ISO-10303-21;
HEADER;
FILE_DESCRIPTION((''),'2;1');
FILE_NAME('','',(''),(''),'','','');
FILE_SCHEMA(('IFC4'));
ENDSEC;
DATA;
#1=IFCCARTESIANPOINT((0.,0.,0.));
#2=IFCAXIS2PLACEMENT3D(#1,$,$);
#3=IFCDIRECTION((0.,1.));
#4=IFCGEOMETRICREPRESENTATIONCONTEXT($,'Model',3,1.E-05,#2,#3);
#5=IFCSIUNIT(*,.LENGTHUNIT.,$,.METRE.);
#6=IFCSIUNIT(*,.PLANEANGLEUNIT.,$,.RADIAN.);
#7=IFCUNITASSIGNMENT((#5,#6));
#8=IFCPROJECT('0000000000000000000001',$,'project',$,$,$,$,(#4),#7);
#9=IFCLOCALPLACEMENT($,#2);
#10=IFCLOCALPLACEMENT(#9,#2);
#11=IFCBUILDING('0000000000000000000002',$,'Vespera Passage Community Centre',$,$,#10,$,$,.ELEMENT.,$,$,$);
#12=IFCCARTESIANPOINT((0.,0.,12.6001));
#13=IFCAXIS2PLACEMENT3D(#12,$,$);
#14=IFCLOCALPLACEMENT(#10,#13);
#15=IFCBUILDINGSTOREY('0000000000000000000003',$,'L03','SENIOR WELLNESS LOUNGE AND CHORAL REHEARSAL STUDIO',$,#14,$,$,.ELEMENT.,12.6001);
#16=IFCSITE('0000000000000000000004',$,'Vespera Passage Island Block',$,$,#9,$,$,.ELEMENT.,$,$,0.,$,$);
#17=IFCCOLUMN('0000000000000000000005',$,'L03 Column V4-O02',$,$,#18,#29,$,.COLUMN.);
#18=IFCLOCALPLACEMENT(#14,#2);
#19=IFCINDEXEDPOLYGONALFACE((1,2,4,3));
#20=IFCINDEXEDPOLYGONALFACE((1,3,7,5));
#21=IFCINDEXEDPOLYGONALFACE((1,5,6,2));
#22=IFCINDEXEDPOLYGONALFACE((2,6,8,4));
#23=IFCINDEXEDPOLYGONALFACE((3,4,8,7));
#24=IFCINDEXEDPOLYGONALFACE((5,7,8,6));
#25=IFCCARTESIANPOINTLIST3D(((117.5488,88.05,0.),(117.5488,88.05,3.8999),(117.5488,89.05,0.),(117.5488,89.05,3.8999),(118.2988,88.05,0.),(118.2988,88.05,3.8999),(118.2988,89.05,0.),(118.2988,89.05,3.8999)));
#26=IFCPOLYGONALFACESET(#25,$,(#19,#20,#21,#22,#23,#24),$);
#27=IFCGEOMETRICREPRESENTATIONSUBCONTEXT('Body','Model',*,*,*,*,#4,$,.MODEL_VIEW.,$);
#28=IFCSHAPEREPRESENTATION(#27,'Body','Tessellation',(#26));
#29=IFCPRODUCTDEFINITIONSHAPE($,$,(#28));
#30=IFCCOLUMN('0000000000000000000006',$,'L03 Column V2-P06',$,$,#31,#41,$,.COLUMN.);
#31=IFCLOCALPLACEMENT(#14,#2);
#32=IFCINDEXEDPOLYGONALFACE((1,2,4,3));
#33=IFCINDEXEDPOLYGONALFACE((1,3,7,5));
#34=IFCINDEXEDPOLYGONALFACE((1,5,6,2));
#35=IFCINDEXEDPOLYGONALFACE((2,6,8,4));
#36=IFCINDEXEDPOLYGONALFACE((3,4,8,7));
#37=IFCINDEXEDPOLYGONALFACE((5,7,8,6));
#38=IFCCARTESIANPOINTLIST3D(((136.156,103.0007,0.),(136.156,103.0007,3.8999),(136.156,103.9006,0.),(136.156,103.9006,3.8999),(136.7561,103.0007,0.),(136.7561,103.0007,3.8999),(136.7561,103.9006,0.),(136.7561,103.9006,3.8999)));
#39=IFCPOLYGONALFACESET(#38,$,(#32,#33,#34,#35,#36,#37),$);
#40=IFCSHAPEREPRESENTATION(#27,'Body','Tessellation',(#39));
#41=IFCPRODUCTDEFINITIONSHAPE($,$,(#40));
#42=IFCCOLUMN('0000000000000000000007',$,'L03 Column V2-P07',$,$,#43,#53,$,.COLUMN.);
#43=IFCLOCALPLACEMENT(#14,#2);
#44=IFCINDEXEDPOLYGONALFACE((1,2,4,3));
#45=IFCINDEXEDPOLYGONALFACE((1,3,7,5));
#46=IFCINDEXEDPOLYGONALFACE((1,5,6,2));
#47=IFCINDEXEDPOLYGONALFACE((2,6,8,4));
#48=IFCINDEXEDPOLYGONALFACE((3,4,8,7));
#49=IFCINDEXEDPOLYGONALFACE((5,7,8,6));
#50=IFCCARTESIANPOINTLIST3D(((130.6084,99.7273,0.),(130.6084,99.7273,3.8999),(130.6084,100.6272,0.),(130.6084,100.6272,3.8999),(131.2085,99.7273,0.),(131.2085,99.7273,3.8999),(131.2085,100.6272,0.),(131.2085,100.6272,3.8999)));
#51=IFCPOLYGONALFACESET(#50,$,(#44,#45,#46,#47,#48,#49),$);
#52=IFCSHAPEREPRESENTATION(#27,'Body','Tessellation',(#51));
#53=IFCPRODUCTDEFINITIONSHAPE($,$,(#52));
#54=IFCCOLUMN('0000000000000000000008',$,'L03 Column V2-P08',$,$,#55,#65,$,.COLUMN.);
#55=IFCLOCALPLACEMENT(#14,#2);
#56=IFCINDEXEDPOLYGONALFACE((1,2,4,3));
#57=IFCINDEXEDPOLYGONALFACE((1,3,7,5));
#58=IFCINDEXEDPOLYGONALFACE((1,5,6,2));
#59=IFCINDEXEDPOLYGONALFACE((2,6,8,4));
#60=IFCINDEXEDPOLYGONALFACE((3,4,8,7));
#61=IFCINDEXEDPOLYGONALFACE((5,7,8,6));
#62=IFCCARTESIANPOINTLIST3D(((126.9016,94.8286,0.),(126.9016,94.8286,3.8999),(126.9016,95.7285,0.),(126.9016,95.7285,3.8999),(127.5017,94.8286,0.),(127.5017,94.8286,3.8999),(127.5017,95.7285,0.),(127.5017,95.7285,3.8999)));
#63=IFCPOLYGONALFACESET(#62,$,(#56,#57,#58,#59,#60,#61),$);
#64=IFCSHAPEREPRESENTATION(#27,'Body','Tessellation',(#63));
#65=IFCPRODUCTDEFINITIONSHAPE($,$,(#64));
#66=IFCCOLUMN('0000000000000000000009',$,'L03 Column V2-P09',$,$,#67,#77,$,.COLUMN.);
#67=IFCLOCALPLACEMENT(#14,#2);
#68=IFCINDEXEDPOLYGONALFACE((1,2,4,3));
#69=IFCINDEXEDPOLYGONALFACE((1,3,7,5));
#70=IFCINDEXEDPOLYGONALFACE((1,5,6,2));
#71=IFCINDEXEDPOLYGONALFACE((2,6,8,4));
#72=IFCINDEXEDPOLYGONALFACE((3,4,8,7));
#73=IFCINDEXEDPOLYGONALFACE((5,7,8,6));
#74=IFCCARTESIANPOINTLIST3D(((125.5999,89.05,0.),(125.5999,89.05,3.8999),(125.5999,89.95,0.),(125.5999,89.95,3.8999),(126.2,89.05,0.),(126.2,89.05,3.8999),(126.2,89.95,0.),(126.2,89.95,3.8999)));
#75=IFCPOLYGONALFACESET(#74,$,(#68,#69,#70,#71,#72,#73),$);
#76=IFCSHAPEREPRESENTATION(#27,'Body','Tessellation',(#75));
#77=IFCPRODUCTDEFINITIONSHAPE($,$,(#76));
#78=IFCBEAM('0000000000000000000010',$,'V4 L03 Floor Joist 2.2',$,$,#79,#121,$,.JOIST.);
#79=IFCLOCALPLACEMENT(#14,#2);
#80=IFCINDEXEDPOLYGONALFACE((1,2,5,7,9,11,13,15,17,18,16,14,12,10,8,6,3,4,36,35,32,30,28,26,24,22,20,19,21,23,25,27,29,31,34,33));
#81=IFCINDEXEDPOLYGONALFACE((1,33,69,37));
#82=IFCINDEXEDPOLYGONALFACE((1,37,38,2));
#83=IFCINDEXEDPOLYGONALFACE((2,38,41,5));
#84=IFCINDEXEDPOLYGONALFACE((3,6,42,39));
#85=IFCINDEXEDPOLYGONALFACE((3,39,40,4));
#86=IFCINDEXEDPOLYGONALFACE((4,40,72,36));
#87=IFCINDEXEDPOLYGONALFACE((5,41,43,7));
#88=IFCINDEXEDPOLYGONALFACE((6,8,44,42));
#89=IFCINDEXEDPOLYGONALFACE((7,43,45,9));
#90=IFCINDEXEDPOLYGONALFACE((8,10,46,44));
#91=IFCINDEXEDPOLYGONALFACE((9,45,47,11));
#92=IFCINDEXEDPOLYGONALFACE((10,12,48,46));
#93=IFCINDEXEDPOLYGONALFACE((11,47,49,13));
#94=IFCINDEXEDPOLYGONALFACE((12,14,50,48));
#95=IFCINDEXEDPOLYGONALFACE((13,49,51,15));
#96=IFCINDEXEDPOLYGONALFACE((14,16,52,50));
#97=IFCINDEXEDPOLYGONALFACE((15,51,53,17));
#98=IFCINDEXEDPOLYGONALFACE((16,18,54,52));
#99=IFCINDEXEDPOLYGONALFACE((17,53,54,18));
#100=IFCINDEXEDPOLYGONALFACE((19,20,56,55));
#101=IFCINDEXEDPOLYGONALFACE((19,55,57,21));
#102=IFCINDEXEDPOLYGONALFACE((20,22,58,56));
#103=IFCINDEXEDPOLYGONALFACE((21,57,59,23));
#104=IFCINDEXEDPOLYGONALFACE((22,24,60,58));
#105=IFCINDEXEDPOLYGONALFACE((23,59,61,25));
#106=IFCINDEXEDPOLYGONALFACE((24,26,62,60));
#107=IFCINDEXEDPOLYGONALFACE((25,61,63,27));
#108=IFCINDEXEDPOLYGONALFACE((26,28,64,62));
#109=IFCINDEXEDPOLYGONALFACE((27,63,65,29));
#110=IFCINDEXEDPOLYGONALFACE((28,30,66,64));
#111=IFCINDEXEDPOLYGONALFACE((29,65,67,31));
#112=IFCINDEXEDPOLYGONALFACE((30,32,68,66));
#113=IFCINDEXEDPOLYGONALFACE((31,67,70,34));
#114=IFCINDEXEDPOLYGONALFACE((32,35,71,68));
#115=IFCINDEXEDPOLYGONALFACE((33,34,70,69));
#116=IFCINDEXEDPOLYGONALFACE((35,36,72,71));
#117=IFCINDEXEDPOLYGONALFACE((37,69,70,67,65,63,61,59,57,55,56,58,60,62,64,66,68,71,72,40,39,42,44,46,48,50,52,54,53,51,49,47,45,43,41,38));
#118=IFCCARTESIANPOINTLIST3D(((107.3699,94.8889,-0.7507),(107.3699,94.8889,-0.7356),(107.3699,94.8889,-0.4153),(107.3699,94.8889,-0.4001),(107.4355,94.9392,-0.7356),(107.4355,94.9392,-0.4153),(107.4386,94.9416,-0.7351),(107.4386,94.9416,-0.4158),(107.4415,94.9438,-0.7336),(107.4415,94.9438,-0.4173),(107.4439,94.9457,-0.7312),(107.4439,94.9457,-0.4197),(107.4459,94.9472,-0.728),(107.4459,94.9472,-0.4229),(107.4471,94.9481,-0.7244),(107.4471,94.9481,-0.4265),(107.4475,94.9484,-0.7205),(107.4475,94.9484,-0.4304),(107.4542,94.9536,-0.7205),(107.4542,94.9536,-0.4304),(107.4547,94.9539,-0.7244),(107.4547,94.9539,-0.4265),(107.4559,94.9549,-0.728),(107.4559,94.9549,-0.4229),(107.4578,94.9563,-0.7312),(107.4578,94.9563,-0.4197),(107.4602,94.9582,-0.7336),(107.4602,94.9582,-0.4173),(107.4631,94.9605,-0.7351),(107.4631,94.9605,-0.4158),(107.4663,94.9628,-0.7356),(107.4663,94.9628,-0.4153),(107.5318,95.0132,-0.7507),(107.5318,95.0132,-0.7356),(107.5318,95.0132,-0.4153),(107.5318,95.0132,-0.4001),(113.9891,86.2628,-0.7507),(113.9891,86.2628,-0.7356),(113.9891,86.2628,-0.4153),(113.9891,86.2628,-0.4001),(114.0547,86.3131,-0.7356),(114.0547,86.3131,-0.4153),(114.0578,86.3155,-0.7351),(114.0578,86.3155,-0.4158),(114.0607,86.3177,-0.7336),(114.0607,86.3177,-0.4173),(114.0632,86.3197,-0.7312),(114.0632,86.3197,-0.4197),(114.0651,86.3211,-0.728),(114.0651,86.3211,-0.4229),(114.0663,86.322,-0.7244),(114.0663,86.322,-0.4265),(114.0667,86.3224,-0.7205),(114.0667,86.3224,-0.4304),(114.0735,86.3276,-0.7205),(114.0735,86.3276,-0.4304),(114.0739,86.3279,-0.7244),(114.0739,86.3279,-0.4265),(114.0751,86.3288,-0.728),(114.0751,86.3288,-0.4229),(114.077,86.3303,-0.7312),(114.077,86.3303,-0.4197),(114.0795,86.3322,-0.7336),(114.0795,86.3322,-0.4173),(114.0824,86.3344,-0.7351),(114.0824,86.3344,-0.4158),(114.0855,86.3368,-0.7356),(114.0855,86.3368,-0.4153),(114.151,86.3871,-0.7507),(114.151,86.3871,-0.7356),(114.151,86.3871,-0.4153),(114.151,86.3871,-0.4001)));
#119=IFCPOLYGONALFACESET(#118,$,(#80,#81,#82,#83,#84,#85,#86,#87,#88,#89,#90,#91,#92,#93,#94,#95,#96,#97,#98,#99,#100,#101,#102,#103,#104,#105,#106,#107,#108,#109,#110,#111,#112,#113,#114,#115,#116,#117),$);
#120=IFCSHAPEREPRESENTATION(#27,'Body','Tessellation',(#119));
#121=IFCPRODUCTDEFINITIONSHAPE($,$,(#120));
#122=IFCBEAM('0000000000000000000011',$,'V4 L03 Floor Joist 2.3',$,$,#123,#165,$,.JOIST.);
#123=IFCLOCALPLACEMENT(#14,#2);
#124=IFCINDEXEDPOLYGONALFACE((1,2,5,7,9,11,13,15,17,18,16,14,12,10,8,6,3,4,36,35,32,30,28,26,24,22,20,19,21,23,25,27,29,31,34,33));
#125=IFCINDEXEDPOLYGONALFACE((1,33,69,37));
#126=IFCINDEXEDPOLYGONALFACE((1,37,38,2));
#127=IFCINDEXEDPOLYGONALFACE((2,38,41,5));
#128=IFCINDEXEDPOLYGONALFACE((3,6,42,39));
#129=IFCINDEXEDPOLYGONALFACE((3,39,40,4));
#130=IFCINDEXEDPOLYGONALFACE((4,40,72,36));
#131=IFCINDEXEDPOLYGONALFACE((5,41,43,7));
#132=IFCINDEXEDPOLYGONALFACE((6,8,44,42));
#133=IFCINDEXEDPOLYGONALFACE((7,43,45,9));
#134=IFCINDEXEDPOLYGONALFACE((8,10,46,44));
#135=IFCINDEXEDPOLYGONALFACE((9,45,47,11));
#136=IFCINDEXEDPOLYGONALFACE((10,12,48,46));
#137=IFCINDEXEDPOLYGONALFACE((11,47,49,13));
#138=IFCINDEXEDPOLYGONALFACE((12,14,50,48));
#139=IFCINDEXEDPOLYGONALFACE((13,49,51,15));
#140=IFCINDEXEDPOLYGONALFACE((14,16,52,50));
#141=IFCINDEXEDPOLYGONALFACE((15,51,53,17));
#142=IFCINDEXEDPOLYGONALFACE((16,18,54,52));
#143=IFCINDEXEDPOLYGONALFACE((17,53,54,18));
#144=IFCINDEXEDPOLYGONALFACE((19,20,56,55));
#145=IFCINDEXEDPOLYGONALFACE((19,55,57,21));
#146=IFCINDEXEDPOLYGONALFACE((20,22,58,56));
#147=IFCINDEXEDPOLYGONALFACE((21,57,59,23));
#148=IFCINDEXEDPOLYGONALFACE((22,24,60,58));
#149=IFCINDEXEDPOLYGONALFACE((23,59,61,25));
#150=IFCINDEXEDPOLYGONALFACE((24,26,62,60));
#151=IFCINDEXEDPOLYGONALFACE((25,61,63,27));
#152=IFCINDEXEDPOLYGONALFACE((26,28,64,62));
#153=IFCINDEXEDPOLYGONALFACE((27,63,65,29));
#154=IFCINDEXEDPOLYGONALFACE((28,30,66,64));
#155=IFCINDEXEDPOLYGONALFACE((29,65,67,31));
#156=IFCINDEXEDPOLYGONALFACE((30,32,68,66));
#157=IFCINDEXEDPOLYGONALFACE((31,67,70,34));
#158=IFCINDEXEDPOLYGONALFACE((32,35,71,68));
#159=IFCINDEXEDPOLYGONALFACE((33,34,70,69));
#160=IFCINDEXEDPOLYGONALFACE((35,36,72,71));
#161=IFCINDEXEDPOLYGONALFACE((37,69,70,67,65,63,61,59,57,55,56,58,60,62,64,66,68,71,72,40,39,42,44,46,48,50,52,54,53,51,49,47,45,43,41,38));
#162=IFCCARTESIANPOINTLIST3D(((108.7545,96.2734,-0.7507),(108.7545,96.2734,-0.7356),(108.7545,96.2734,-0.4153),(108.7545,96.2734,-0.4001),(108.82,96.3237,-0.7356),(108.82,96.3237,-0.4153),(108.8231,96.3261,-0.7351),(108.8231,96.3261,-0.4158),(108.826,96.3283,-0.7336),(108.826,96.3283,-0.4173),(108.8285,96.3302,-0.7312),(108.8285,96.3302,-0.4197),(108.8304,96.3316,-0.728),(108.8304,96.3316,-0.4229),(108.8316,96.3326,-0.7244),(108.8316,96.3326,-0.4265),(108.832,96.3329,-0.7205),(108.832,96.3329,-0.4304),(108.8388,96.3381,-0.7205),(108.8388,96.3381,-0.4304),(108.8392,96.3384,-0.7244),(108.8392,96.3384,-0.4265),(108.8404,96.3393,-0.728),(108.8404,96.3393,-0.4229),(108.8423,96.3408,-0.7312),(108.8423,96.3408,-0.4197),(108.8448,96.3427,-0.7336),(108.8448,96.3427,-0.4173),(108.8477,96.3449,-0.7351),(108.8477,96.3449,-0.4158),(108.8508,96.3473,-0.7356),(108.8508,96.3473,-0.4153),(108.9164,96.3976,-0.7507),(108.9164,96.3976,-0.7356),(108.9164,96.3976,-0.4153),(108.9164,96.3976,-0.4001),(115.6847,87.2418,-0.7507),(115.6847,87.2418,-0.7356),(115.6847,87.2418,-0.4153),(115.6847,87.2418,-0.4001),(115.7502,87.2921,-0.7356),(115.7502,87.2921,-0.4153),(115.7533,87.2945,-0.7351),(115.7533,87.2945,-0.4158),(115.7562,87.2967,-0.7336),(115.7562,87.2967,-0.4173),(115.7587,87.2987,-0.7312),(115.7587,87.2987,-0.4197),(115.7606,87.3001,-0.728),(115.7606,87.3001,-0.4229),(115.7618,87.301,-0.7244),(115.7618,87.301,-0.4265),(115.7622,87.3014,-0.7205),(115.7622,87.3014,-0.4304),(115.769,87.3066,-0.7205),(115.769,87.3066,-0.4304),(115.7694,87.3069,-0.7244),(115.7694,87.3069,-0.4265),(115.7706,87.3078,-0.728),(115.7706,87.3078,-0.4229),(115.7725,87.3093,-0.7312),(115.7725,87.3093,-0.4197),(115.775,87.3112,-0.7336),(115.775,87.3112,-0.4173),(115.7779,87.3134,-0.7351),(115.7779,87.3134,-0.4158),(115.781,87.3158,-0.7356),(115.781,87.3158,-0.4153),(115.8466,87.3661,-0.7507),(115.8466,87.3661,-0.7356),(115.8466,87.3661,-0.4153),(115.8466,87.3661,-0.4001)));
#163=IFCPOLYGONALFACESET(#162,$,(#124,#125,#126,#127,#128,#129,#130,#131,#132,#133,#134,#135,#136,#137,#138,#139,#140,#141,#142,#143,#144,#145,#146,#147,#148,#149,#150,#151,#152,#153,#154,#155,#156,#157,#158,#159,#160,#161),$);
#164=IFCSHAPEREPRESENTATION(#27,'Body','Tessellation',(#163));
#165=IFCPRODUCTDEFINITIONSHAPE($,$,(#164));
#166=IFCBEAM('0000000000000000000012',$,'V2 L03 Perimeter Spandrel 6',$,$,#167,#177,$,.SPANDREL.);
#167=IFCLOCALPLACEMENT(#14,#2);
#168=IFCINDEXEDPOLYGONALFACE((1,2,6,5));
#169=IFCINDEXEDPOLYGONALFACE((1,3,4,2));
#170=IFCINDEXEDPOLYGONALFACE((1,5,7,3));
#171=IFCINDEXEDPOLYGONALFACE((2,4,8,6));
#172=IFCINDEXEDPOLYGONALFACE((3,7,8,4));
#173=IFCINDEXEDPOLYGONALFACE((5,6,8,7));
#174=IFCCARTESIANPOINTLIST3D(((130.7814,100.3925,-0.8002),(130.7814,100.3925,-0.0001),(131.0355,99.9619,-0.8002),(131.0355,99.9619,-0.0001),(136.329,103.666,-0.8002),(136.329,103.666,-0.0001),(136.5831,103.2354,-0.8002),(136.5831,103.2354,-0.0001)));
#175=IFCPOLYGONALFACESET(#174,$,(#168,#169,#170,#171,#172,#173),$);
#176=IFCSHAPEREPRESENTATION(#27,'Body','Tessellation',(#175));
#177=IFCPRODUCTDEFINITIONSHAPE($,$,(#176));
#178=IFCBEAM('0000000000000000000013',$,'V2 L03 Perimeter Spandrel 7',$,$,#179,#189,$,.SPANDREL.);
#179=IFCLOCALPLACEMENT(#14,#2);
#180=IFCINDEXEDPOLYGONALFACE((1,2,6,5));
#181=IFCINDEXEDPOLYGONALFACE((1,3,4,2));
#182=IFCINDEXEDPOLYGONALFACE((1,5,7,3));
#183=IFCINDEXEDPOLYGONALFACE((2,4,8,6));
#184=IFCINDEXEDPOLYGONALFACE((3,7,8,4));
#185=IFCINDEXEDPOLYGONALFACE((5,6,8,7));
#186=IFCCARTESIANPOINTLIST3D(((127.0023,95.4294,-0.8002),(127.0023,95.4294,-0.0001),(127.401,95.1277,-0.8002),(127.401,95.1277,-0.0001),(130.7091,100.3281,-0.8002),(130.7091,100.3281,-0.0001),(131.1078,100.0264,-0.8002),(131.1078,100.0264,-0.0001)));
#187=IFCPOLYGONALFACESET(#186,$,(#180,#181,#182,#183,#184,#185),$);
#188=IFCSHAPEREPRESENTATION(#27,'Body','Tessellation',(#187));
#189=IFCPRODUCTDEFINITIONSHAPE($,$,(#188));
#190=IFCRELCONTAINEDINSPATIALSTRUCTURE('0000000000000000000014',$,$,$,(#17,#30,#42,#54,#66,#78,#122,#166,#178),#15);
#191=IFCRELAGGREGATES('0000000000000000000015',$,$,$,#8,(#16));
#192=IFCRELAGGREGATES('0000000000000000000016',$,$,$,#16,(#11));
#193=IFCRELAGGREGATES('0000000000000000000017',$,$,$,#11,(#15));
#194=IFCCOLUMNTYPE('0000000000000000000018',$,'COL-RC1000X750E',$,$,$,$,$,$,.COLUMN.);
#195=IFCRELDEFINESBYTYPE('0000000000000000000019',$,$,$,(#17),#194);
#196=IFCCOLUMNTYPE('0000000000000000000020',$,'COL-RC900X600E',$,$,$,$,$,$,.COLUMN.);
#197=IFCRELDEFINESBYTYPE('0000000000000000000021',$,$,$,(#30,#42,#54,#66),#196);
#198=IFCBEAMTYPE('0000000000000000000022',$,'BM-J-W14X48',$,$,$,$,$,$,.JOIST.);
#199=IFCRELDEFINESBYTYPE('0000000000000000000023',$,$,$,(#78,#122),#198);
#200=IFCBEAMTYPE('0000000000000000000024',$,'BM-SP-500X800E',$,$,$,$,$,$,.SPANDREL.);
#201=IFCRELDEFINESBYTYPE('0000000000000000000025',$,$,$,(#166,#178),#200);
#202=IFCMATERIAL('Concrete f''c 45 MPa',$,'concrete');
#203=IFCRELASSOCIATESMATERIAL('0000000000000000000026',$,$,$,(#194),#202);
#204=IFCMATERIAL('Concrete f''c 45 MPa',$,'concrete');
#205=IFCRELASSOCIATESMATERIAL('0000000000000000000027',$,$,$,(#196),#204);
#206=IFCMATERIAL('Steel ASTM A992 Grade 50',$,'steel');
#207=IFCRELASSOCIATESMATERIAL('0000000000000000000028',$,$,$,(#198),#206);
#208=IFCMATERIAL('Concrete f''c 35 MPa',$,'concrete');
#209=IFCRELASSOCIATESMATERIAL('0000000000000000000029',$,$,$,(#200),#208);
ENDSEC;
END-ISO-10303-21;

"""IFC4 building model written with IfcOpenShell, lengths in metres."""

from ifc_helpers import new_model, si_unit, direction, frame, origin, origin_2d, place, context, subcontext, project, spatial, rectangle, i_section, extrude, material, material_profile, profile_set, type_object, element, save


model = new_model("IFC4")

# Units and contexts
model_context = context("Model", 3, precision=1e-05, world=origin(), true_north=direction((0.0, 1.0)))
body_context = subcontext(model_context, "Body", "Model", "MODEL_VIEW")
ifc_project = project(units=[si_unit("LENGTHUNIT", "METRE"), si_unit("PLANEANGLEUNIT", "RADIAN")], contexts=[model_context])

# Site, building, storey
site_placement = place(None, origin())
site = spatial("IfcSite", under=ifc_project, at=site_placement, Name="Vespera Passage Island Block", CompositionType="ELEMENT", RefElevation=0.0)
building_placement = place(site_placement, origin())
building = spatial("IfcBuilding", under=site, at=building_placement, Name="Vespera Passage Community Centre", CompositionType="ELEMENT")
storey_placement = place(building_placement, frame((0.0, 0.0, 12.6001)))
storey = spatial("IfcBuildingStorey", under=building, at=storey_placement, Name="L03", Description="SENIOR WELLNESS LOUNGE AND CHORAL REHEARSAL STUDIO", CompositionType="ELEMENT", Elevation=12.6001)

# Columns
ifc_material_1 = material(Name="Concrete f'c 45 MPa", Category="concrete")
ifc_material_profile_1 = material_profile(ifc_material_1, rectangle(XDim=0.75, YDim=1.0, at=origin_2d()), Name="RC1000X750")
ifc_profile_set_1 = profile_set([ifc_material_profile_1], Name="Concrete f'c 45 MPa")
column_type_1 = type_object("IfcColumnType", Name="COL-RC1000X750E", PredefinedType="COLUMN", material=ifc_profile_set_1)
column_placement = place(storey_placement, frame((117.9238, 88.55, 0.0), z_axis=(0.0, 0.0, 1.0), x_axis=(1.0, 0.0, 0.0)))
element("IfcColumn", 1, at=column_placement, inside=storey, type_object=column_type_1, Name="L03 Column V4-O02", PredefinedType="COLUMN", context=body_context, shape_type="SweptSolid", body=[
    extrude(rectangle(XDim=0.75, YDim=1.0, at=origin_2d()), origin(), (0.0, 0.0, 1.0), 3.8999),
])
ifc_material_2 = material(Name="Concrete f'c 45 MPa", Category="concrete")
ifc_material_profile_2 = material_profile(ifc_material_2, rectangle(XDim=0.6001, YDim=0.8999, at=origin_2d()), Name="RC900X600")
ifc_profile_set_2 = profile_set([ifc_material_profile_2], Name="Concrete f'c 45 MPa")
column_type_2 = type_object("IfcColumnType", Name="COL-RC900X600E", PredefinedType="COLUMN", material=ifc_profile_set_2)
for number, where, z_axis, x_axis, name in (
    (2, (136.4561, 103.4507, 0.0), (0.0, 0.0, 1.0), (1.0, 0.0, 0.0), "L03 Column V2-P06"),
    (3, (130.9084, 100.1772, 0.0), (0.0, 0.0, 1.0), (1.0, 0.0, 0.0), "L03 Column V2-P07"),
    (4, (127.2017, 95.2786, 0.0), (0.0, 0.0, 1.0), (1.0, 0.0, 0.0), "L03 Column V2-P08"),
    (5, (125.8999, 89.5, 0.0), (0.0, 0.0, 1.0), (1.0, 0.0, 0.0), "L03 Column V2-P09"),
):
    element("IfcColumn", number, at=place(storey_placement, frame(where, z_axis=z_axis, x_axis=x_axis)), inside=storey, type_object=column_type_2, Name=name, PredefinedType="COLUMN", context=body_context, shape_type="SweptSolid", body=[
        extrude(rectangle(XDim=0.6001, YDim=0.8999, at=origin_2d()), origin(), (0.0, 0.0, 1.0), 3.8999),
    ])

# Beams
ifc_material_3 = material(Name="Steel ASTM A992 Grade 50", Category="steel")
ifc_material_profile_3 = material_profile(ifc_material_3, i_section(OverallWidth=0.2041, OverallDepth=0.3506, WebThickness=0.0085, FlangeThickness=0.0151, FilletRadius=0.0151, at=origin_2d()), Name="W14X48")
ifc_profile_set_3 = profile_set([ifc_material_profile_3], Name="Steel ASTM A992 Grade 50")
beam_type_1 = type_object("IfcBeamType", Name="BM-J-W14X48", PredefinedType="JOIST", material=ifc_profile_set_3)
beam_1_placement = place(storey_placement, frame((114.0701, 86.325, -0.5754), z_axis=(-0.608773, 0.793345, 0.0), x_axis=(-0.793345, -0.608773, 0.0)))
element("IfcBeam", 6, at=beam_1_placement, inside=storey, type_object=beam_type_1, Name="V4 L03 Floor Joist 2.2", PredefinedType="JOIST", context=body_context, shape_type="SweptSolid", body=[
    extrude(i_section(OverallWidth=0.2041, OverallDepth=0.3506, WebThickness=0.0085, FlangeThickness=0.0151, FilletRadius=0.0151, at=origin_2d()), origin(), (0.0, 0.0, 1.0), 10.873),
])
beam_2_placement = place(storey_placement, frame((115.7656, 87.304, -0.5754), z_axis=(-0.608765, 0.793351, 0.0), x_axis=(-0.793351, -0.608765, 0.0)))
element("IfcBeam", 7, at=beam_2_placement, inside=storey, type_object=beam_type_1, Name="V4 L03 Floor Joist 2.3", PredefinedType="JOIST", context=body_context, shape_type="SweptSolid", body=[
    extrude(i_section(OverallWidth=0.2041, OverallDepth=0.3506, WebThickness=0.0085, FlangeThickness=0.0151, FilletRadius=0.0151, at=origin_2d()), origin(), (0.0, 0.0, 1.0), 11.384),
])
ifc_material_4 = material(Name="Concrete f'c 35 MPa", Category="concrete")
ifc_material_profile_4 = material_profile(ifc_material_4, rectangle(XDim=0.5, YDim=0.8, at=origin_2d()), Name="RC500X800")
ifc_profile_set_4 = profile_set([ifc_material_profile_4], Name="Concrete f'c 35 MPa")
beam_type_2 = type_object("IfcBeamType", Name="BM-SP-500X800E", PredefinedType="SPANDREL", material=ifc_profile_set_4)
beam_3_placement = place(storey_placement, frame((136.4561, 103.4507, -0.4001), z_axis=(-0.861246, -0.508189, 0.0), x_axis=(0.508189, -0.861246, 0.0)))
element("IfcBeam", 8, at=beam_3_placement, inside=storey, type_object=beam_type_2, Name="V2 L03 Perimeter Spandrel 6", PredefinedType="SPANDREL", context=body_context, shape_type="SweptSolid", body=[
    extrude(rectangle(XDim=0.5, YDim=0.8, at=origin_2d()), origin(), (0.0, 0.0, 1.0), 6.4414),
])
beam_4_placement = place(storey_placement, frame((130.9084, 100.1772, -0.4001), z_axis=(-0.603409, -0.797432, 0.0), x_axis=(0.797432, -0.603409, 0.0)))
element("IfcBeam", 9, at=beam_4_placement, inside=storey, type_object=beam_type_2, Name="V2 L03 Perimeter Spandrel 7", PredefinedType="SPANDREL", context=body_context, shape_type="SweptSolid", body=[
    extrude(rectangle(XDim=0.5, YDim=0.8, at=origin_2d()), origin(), (0.0, 0.0, 1.0), 6.1431),
])

save(model, "model.ifc")
